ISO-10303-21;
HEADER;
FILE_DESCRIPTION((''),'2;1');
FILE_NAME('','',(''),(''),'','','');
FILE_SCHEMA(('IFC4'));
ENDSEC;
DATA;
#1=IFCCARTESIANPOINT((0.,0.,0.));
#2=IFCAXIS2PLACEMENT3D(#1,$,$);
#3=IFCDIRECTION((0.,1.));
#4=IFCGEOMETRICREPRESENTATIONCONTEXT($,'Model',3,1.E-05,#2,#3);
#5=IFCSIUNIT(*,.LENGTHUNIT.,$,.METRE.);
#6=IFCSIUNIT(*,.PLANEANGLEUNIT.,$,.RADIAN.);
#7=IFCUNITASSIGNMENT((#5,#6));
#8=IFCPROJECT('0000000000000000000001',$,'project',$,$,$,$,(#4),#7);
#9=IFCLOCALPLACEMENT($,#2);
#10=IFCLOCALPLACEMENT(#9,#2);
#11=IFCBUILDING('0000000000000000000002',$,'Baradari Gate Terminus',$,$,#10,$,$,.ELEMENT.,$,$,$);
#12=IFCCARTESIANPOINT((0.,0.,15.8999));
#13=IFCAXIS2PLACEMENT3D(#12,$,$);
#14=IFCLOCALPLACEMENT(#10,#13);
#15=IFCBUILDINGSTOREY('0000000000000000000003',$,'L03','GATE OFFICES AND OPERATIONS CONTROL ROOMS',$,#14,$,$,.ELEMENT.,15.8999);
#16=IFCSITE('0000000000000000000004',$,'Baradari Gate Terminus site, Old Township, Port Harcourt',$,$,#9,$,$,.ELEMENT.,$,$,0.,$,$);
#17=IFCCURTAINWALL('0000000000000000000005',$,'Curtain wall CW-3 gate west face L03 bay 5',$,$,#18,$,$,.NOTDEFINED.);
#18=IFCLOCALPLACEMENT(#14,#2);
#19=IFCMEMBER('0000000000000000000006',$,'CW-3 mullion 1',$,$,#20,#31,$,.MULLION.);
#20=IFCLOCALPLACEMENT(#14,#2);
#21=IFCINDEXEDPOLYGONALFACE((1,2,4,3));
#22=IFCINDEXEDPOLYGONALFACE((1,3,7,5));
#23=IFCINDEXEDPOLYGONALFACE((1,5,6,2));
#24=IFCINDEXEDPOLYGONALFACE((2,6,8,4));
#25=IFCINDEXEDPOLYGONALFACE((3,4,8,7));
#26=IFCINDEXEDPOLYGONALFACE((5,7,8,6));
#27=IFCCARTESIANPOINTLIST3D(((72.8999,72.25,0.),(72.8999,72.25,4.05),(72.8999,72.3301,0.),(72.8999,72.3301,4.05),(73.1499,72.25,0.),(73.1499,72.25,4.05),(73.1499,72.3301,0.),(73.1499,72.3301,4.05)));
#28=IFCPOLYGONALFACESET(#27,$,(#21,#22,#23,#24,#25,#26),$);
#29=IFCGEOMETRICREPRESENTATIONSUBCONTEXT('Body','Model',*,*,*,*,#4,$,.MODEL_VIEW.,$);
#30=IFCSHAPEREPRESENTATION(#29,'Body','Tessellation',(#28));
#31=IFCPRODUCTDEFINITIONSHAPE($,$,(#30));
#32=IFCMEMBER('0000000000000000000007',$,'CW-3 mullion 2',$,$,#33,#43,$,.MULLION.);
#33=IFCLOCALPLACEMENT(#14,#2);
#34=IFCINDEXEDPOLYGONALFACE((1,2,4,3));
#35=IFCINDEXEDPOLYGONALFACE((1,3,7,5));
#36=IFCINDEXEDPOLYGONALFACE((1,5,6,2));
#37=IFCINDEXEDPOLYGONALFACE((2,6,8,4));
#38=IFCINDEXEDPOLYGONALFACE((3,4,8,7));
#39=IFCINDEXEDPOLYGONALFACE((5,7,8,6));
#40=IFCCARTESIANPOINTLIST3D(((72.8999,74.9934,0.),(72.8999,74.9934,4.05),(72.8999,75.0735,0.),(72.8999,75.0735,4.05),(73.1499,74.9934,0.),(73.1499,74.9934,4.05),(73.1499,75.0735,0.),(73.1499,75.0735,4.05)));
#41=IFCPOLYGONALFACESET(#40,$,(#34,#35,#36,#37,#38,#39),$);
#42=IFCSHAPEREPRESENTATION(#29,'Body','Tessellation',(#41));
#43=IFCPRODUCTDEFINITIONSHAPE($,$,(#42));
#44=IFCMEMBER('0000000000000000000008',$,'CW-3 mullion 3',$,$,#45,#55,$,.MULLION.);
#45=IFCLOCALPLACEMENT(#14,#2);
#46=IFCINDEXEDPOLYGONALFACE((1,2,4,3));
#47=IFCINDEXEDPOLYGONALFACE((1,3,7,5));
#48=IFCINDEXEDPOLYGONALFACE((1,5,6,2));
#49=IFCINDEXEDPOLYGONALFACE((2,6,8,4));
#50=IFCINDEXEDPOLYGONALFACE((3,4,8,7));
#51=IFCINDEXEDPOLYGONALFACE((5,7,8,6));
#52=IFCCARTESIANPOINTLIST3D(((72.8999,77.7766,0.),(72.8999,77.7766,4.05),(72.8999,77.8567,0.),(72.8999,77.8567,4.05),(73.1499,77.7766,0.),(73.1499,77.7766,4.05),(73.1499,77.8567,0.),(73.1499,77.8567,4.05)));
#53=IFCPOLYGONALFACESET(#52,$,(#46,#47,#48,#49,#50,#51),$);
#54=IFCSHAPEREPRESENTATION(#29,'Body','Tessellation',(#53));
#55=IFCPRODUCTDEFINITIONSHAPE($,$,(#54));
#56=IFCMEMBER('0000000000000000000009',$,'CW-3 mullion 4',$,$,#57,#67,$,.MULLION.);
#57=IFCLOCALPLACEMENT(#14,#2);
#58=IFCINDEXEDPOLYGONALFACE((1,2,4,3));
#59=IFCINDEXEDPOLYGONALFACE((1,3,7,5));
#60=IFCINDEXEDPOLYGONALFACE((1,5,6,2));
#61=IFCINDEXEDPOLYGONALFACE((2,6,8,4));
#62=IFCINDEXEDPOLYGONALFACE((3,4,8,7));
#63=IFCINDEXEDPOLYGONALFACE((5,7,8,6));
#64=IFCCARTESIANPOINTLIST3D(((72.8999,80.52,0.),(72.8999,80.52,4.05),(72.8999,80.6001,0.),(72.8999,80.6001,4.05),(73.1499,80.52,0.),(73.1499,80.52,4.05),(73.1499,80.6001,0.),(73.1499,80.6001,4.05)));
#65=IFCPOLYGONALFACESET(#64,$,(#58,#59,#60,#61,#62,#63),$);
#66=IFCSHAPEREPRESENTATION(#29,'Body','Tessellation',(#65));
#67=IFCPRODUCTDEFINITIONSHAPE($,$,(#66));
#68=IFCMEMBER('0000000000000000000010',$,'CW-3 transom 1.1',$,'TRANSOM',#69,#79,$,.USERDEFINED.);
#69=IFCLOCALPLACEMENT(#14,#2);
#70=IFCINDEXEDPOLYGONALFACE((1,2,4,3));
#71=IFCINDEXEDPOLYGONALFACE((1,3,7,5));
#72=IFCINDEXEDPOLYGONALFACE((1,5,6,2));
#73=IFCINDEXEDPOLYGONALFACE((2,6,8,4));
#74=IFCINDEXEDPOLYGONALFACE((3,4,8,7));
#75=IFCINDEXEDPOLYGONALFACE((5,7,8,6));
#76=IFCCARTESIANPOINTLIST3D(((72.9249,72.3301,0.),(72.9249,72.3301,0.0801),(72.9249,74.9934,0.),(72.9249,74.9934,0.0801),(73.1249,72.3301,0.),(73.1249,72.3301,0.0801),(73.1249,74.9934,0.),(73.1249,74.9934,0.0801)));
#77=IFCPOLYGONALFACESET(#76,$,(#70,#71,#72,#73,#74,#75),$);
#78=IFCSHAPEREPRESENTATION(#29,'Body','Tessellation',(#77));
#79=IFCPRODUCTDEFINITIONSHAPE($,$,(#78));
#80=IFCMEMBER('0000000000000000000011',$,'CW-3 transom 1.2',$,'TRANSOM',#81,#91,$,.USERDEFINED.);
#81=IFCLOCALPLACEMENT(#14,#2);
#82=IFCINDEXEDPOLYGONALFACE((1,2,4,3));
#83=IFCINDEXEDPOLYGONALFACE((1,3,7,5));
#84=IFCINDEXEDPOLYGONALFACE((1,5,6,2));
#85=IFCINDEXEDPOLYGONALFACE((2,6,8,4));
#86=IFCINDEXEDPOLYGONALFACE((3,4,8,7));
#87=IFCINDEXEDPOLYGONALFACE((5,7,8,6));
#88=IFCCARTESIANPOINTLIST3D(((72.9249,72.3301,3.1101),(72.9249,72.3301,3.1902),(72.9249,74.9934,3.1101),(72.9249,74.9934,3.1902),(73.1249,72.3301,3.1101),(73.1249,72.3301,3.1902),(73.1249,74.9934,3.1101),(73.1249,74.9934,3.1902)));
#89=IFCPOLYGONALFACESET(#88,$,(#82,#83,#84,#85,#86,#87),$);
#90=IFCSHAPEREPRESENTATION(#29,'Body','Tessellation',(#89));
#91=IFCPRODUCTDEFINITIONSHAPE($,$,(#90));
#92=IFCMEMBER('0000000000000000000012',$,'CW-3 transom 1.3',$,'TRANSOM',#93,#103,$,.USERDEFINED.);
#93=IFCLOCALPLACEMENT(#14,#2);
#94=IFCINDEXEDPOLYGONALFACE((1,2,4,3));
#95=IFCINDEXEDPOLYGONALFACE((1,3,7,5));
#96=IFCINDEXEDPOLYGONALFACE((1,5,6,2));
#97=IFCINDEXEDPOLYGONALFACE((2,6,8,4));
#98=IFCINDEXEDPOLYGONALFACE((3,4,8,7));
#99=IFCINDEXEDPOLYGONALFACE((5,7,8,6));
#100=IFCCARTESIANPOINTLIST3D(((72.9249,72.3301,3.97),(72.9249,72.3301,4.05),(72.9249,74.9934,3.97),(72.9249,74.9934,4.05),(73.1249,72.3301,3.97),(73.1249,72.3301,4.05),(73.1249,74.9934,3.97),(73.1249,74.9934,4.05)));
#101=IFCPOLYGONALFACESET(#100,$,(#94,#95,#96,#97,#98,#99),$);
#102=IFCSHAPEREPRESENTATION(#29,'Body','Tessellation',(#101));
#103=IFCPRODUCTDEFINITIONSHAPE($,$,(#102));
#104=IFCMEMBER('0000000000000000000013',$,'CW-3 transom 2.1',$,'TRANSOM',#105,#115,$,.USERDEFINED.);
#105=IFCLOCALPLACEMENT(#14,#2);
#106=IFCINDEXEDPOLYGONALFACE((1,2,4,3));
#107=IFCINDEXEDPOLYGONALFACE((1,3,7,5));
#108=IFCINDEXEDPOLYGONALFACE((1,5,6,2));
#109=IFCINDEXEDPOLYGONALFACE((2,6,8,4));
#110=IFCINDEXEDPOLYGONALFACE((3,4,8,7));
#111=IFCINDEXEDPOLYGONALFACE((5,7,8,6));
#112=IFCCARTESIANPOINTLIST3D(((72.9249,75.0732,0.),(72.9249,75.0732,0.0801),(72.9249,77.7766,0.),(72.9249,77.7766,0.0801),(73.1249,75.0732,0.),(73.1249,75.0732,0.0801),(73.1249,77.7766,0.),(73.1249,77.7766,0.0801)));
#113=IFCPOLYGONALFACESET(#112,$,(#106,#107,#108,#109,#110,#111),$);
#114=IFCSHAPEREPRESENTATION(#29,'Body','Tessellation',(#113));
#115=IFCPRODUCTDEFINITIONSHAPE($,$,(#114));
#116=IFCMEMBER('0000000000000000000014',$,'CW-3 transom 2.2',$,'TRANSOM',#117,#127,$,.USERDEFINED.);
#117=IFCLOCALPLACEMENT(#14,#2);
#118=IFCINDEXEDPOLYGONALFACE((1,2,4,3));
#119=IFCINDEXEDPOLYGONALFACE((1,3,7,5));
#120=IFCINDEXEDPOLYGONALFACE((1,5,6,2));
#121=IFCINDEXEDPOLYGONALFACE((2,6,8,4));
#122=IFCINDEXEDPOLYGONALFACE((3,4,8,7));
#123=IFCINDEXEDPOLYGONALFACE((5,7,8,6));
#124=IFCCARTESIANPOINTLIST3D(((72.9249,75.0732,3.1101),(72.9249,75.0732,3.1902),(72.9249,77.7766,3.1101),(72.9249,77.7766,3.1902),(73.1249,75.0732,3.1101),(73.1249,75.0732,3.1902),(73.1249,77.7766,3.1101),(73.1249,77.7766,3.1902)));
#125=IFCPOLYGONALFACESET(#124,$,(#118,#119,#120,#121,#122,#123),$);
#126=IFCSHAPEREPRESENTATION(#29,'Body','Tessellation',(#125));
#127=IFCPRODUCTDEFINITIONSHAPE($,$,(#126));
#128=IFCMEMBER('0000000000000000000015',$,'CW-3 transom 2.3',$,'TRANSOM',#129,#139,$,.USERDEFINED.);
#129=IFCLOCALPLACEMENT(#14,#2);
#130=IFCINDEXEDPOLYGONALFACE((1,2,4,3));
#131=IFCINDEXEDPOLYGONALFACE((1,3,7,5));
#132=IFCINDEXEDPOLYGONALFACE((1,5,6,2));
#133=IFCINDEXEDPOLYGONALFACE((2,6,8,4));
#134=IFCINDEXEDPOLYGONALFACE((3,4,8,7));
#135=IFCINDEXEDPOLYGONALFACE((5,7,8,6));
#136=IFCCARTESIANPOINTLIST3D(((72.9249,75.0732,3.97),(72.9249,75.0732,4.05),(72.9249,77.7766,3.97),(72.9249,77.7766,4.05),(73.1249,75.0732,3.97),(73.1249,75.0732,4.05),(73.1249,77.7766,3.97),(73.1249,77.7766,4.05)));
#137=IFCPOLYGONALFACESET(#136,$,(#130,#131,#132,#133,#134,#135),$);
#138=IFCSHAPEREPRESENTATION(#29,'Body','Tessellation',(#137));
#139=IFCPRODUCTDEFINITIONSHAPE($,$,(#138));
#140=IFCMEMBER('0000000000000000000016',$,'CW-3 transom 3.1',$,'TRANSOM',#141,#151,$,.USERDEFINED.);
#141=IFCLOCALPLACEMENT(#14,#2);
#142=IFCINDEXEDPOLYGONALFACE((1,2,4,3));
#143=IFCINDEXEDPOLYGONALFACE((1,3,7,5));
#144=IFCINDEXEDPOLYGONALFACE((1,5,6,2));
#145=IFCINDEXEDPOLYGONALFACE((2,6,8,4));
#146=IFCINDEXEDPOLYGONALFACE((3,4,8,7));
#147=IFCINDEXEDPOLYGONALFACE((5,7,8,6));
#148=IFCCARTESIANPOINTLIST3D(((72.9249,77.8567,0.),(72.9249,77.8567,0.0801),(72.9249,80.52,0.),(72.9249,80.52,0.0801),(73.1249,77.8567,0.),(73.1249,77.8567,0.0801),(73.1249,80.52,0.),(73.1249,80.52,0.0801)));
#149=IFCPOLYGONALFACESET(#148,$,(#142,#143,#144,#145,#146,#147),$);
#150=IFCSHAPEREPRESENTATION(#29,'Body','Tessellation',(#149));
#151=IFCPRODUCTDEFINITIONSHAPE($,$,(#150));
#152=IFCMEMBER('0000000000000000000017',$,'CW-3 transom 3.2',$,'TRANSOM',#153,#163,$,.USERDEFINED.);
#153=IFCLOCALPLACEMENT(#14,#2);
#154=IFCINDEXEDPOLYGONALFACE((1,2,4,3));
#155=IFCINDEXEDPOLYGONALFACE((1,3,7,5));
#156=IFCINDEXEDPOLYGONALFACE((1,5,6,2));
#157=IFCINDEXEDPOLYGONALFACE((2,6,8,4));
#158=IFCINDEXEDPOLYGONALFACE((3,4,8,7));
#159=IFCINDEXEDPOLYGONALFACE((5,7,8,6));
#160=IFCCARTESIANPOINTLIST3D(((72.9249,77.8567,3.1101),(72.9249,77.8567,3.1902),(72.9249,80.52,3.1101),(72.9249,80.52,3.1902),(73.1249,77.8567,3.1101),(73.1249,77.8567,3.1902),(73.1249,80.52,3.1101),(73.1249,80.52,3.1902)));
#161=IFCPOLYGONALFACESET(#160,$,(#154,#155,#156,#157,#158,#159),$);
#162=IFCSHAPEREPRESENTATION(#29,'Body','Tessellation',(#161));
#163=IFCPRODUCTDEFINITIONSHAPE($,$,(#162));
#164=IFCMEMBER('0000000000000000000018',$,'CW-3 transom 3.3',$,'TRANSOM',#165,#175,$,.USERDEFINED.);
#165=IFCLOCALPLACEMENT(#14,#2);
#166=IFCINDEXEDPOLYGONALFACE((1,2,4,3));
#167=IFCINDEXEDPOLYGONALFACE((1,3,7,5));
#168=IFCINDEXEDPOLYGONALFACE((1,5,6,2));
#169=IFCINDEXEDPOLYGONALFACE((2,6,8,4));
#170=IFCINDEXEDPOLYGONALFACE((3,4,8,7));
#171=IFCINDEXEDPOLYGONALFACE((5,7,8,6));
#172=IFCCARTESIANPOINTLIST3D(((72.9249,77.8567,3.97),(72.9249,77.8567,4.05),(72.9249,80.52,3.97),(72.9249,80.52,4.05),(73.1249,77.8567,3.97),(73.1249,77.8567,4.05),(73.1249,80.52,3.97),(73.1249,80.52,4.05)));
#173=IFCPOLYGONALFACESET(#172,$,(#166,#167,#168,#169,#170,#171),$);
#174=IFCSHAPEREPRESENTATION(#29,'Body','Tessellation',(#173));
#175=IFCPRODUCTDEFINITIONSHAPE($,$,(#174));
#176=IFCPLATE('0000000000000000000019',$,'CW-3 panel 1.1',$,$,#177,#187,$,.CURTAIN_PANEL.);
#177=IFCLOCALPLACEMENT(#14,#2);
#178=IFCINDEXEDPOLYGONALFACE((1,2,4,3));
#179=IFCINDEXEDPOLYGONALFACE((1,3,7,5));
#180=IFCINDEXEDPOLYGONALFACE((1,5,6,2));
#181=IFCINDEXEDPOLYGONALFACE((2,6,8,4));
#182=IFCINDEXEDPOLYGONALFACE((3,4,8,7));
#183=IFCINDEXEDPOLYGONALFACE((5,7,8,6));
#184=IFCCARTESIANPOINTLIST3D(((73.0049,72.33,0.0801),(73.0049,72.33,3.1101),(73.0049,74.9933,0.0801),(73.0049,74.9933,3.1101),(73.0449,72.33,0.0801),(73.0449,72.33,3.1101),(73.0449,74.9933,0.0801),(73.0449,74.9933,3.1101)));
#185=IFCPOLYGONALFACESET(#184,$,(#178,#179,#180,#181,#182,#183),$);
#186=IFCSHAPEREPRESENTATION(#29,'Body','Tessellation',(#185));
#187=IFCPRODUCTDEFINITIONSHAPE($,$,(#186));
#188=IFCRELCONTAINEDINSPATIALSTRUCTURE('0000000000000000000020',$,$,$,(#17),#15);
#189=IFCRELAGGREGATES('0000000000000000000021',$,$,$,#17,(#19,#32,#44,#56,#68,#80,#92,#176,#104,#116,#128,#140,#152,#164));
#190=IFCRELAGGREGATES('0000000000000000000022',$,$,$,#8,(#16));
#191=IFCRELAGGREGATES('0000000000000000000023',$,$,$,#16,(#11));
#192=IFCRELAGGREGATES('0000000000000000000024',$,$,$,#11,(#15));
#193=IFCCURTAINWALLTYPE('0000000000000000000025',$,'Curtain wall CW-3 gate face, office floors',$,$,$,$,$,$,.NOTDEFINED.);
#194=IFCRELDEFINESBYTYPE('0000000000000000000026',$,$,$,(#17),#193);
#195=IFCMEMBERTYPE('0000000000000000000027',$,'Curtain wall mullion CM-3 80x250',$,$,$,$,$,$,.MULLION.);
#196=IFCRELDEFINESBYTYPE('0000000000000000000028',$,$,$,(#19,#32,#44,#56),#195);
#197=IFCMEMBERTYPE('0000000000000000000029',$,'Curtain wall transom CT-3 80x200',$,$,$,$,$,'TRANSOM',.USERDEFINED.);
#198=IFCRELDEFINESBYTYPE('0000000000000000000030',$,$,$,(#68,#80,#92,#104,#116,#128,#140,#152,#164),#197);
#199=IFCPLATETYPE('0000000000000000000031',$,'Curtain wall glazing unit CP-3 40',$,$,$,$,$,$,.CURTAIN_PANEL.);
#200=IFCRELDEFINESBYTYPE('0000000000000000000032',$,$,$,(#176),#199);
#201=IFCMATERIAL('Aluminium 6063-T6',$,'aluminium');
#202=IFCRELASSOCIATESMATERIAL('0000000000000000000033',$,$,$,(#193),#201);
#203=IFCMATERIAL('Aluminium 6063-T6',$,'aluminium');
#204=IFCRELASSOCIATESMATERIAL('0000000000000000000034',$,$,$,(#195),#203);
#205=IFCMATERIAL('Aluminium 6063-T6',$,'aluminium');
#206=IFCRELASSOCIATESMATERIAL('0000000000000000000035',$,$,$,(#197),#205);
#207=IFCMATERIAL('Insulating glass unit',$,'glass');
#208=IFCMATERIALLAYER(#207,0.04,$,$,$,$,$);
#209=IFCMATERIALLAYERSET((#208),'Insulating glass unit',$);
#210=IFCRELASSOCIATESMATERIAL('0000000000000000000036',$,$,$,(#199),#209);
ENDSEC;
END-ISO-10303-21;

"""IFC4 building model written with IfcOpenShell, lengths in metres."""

from ifc_helpers import new_model, si_unit, direction, frame, origin, origin_2d, place, context, subcontext, project, spatial, rectangle, extrude, material, layer, layer_set, material_profile, profile_set, type_object, element, aggregate, save


model = new_model("IFC4")

# Units and contexts
model_context = context("Model", 3, precision=1e-05, world=origin(), true_north=direction((0.0, 1.0)))
body_context = subcontext(model_context, "Body", "Model", "MODEL_VIEW")
ifc_project = project(units=[si_unit("LENGTHUNIT", "METRE"), si_unit("PLANEANGLEUNIT", "RADIAN")], contexts=[model_context])

# Site, building, storey
site_placement = place(None, origin())
site = spatial("IfcSite", under=ifc_project, at=site_placement, Name="Baradari Gate Terminus site, Old Township, Port Harcourt", CompositionType="ELEMENT", RefElevation=0.0)
building_placement = place(site_placement, origin())
building = spatial("IfcBuilding", under=site, at=building_placement, Name="Baradari Gate Terminus", CompositionType="ELEMENT")
storey_placement = place(building_placement, frame((0.0, 0.0, 15.8999)))
storey = spatial("IfcBuildingStorey", under=building, at=storey_placement, Name="L03", Description="GATE OFFICES AND OPERATIONS CONTROL ROOMS", CompositionType="ELEMENT", Elevation=15.8999)

# Curtain wall, members, plate
ifc_material_1 = material(Name="Aluminium 6063-T6", Category="aluminium")
curtain_wall_type = type_object("IfcCurtainWallType", Name="Curtain wall CW-3 gate face, office floors", PredefinedType="NOTDEFINED", material=ifc_material_1)
curtain_wall_placement = place(storey_placement, origin())
curtain_wall = element("IfcCurtainWall", 1, at=curtain_wall_placement, inside=storey, type_object=curtain_wall_type, Name="Curtain wall CW-3 gate west face L03 bay 5", PredefinedType="NOTDEFINED")
ifc_material_2 = material(Name="Aluminium 6063-T6", Category="aluminium")
ifc_material_profile_1 = material_profile(ifc_material_2, rectangle(XDim=0.25, YDim=0.0801, at=origin_2d()), Name="CM-3 80X250")
ifc_profile_set_1 = profile_set([ifc_material_profile_1], Name="Aluminium 6063-T6")
member_type_1 = type_object("IfcMemberType", Name="Curtain wall mullion CM-3 80x250", PredefinedType="MULLION", material=ifc_profile_set_1)
member_1_placement = place(storey_placement, frame((73.0249, 72.29, 0.0), z_axis=(0.0, 0.0, 1.0), x_axis=(-1.0, 0.0, 0.0)))
member_1 = element("IfcMember", 2, at=member_1_placement, type_object=member_type_1, Name="CW-3 mullion 1", PredefinedType="MULLION", context=body_context, shape_type="SweptSolid", body=[
    extrude(rectangle(XDim=0.25, YDim=0.0801, at=origin_2d()), origin(), (0.0, 0.0, 1.0), 4.05),
])
member_2_placement = place(storey_placement, frame((73.0249, 75.0334, 0.0), z_axis=(0.0, 0.0, 1.0), x_axis=(-1.0, 0.0, 0.0)))
member_2 = element("IfcMember", 3, at=member_2_placement, type_object=member_type_1, Name="CW-3 mullion 2", PredefinedType="MULLION", context=body_context, shape_type="SweptSolid", body=[
    extrude(rectangle(XDim=0.25, YDim=0.0801, at=origin_2d()), origin(), (0.0, 0.0, 1.0), 4.05),
])
member_3_placement = place(storey_placement, frame((73.0249, 77.8167, 0.0), z_axis=(0.0, 0.0, 1.0), x_axis=(-1.0, 0.0, 0.0)))
member_3 = element("IfcMember", 4, at=member_3_placement, type_object=member_type_1, Name="CW-3 mullion 3", PredefinedType="MULLION", context=body_context, shape_type="SweptSolid", body=[
    extrude(rectangle(XDim=0.25, YDim=0.0801, at=origin_2d()), origin(), (0.0, 0.0, 1.0), 4.05),
])
member_4_placement = place(storey_placement, frame((73.0249, 80.5601, 0.0), z_axis=(0.0, 0.0, 1.0), x_axis=(-1.0, 0.0, 0.0)))
member_4 = element("IfcMember", 5, at=member_4_placement, type_object=member_type_1, Name="CW-3 mullion 4", PredefinedType="MULLION", context=body_context, shape_type="SweptSolid", body=[
    extrude(rectangle(XDim=0.25, YDim=0.0801, at=origin_2d()), origin(), (0.0, 0.0, 1.0), 4.05),
])
ifc_material_3 = material(Name="Aluminium 6063-T6", Category="aluminium")
ifc_material_profile_2 = material_profile(ifc_material_3, rectangle(XDim=0.2, YDim=0.0801, at=origin_2d()), Name="CT-3 80X200")
ifc_profile_set_2 = profile_set([ifc_material_profile_2], Name="Aluminium 6063-T6")
member_type_2 = type_object("IfcMemberType", Name="Curtain wall transom CT-3 80x200", ElementType="TRANSOM", PredefinedType="USERDEFINED", material=ifc_profile_set_2)
member_5_placement = place(storey_placement, frame((73.0249, 72.3301, 0.04), z_axis=(0.0, 1.0, 0.0), x_axis=(-1.0, 0.0, 0.0)))
member_5 = element("IfcMember", 6, at=member_5_placement, type_object=member_type_2, Name="CW-3 transom 1.1", ObjectType="TRANSOM", PredefinedType="USERDEFINED", context=body_context, shape_type="SweptSolid", body=[
    extrude(rectangle(XDim=0.2, YDim=0.0801, at=origin_2d()), origin(), (0.0, 0.0, 1.0), 2.6633),
])
member_6_placement = place(storey_placement, frame((73.0249, 72.3301, 3.1501), z_axis=(0.0, 1.0, 0.0), x_axis=(-1.0, 0.0, 0.0)))
member_6 = element("IfcMember", 7, at=member_6_placement, type_object=member_type_2, Name="CW-3 transom 1.2", ObjectType="TRANSOM", PredefinedType="USERDEFINED", context=body_context, shape_type="SweptSolid", body=[
    extrude(rectangle(XDim=0.2, YDim=0.0801, at=origin_2d()), origin(), (0.0, 0.0, 1.0), 2.6633),
])
member_7_placement = place(storey_placement, frame((73.0249, 72.3301, 4.01), z_axis=(0.0, 1.0, 0.0), x_axis=(-1.0, 0.0, 0.0)))
member_7 = element("IfcMember", 8, at=member_7_placement, type_object=member_type_2, Name="CW-3 transom 1.3", ObjectType="TRANSOM", PredefinedType="USERDEFINED", context=body_context, shape_type="SweptSolid", body=[
    extrude(rectangle(XDim=0.2, YDim=0.0801, at=origin_2d()), origin(), (0.0, 0.0, 1.0), 2.6633),
])
member_8_placement = place(storey_placement, frame((73.0249, 75.0732, 0.04), z_axis=(0.0, 1.0, 0.0), x_axis=(-1.0, 0.0, 0.0)))
member_8 = element("IfcMember", 9, at=member_8_placement, type_object=member_type_2, Name="CW-3 transom 2.1", ObjectType="TRANSOM", PredefinedType="USERDEFINED", context=body_context, shape_type="SweptSolid", body=[
    extrude(rectangle(XDim=0.2, YDim=0.0801, at=origin_2d()), origin(), (0.0, 0.0, 1.0), 2.7034),
])
member_9_placement = place(storey_placement, frame((73.0249, 75.0732, 3.1501), z_axis=(0.0, 1.0, 0.0), x_axis=(-1.0, 0.0, 0.0)))
member_9 = element("IfcMember", 10, at=member_9_placement, type_object=member_type_2, Name="CW-3 transom 2.2", ObjectType="TRANSOM", PredefinedType="USERDEFINED", context=body_context, shape_type="SweptSolid", body=[
    extrude(rectangle(XDim=0.2, YDim=0.0801, at=origin_2d()), origin(), (0.0, 0.0, 1.0), 2.7034),
])
member_10_placement = place(storey_placement, frame((73.0249, 75.0732, 4.01), z_axis=(0.0, 1.0, 0.0), x_axis=(-1.0, 0.0, 0.0)))
member_10 = element("IfcMember", 11, at=member_10_placement, type_object=member_type_2, Name="CW-3 transom 2.3", ObjectType="TRANSOM", PredefinedType="USERDEFINED", context=body_context, shape_type="SweptSolid", body=[
    extrude(rectangle(XDim=0.2, YDim=0.0801, at=origin_2d()), origin(), (0.0, 0.0, 1.0), 2.7034),
])
member_11_placement = place(storey_placement, frame((73.0249, 77.8567, 0.04), z_axis=(0.0, 1.0, 0.0), x_axis=(-1.0, 0.0, 0.0)))
member_11 = element("IfcMember", 12, at=member_11_placement, type_object=member_type_2, Name="CW-3 transom 3.1", ObjectType="TRANSOM", PredefinedType="USERDEFINED", context=body_context, shape_type="SweptSolid", body=[
    extrude(rectangle(XDim=0.2, YDim=0.0801, at=origin_2d()), origin(), (0.0, 0.0, 1.0), 2.6633),
])
member_12_placement = place(storey_placement, frame((73.0249, 77.8567, 3.1501), z_axis=(0.0, 1.0, 0.0), x_axis=(-1.0, 0.0, 0.0)))
member_12 = element("IfcMember", 13, at=member_12_placement, type_object=member_type_2, Name="CW-3 transom 3.2", ObjectType="TRANSOM", PredefinedType="USERDEFINED", context=body_context, shape_type="SweptSolid", body=[
    extrude(rectangle(XDim=0.2, YDim=0.0801, at=origin_2d()), origin(), (0.0, 0.0, 1.0), 2.6633),
])
member_13_placement = place(storey_placement, frame((73.0249, 77.8567, 4.01), z_axis=(0.0, 1.0, 0.0), x_axis=(-1.0, 0.0, 0.0)))
member_13 = element("IfcMember", 14, at=member_13_placement, type_object=member_type_2, Name="CW-3 transom 3.3", ObjectType="TRANSOM", PredefinedType="USERDEFINED", context=body_context, shape_type="SweptSolid", body=[
    extrude(rectangle(XDim=0.2, YDim=0.0801, at=origin_2d()), origin(), (0.0, 0.0, 1.0), 2.6633),
])
ifc_material_4 = material(Name="Insulating glass unit", Category="glass")
ifc_layer_1 = layer(ifc_material_4, 0.04)
ifc_layer_set_1 = layer_set([ifc_layer_1], Name="Insulating glass unit")
plate_type_1 = type_object("IfcPlateType", Name="Curtain wall glazing unit CP-3 40", PredefinedType="CURTAIN_PANEL", material=ifc_layer_set_1)
plate_1_placement = place(storey_placement, frame((73.0249, 73.6616, 0.0801), z_axis=(0.0, 0.0, 1.0), x_axis=(0.0, 1.0, 0.0)))
plate_1 = element("IfcPlate", 15, at=plate_1_placement, type_object=plate_type_1, Name="CW-3 panel 1.1", PredefinedType="CURTAIN_PANEL", context=body_context, shape_type="SweptSolid", body=[
    extrude(rectangle(XDim=2.6633, YDim=0.04, at=origin_2d()), origin(), (0.0, 0.0, 1.0), 3.03),
])
aggregate(curtain_wall, [member_1, member_2, member_3, member_4, member_5, member_6, member_7, plate_1, member_8, member_9, member_10, member_11, member_12, member_13])

save(model, "model.ifc")
